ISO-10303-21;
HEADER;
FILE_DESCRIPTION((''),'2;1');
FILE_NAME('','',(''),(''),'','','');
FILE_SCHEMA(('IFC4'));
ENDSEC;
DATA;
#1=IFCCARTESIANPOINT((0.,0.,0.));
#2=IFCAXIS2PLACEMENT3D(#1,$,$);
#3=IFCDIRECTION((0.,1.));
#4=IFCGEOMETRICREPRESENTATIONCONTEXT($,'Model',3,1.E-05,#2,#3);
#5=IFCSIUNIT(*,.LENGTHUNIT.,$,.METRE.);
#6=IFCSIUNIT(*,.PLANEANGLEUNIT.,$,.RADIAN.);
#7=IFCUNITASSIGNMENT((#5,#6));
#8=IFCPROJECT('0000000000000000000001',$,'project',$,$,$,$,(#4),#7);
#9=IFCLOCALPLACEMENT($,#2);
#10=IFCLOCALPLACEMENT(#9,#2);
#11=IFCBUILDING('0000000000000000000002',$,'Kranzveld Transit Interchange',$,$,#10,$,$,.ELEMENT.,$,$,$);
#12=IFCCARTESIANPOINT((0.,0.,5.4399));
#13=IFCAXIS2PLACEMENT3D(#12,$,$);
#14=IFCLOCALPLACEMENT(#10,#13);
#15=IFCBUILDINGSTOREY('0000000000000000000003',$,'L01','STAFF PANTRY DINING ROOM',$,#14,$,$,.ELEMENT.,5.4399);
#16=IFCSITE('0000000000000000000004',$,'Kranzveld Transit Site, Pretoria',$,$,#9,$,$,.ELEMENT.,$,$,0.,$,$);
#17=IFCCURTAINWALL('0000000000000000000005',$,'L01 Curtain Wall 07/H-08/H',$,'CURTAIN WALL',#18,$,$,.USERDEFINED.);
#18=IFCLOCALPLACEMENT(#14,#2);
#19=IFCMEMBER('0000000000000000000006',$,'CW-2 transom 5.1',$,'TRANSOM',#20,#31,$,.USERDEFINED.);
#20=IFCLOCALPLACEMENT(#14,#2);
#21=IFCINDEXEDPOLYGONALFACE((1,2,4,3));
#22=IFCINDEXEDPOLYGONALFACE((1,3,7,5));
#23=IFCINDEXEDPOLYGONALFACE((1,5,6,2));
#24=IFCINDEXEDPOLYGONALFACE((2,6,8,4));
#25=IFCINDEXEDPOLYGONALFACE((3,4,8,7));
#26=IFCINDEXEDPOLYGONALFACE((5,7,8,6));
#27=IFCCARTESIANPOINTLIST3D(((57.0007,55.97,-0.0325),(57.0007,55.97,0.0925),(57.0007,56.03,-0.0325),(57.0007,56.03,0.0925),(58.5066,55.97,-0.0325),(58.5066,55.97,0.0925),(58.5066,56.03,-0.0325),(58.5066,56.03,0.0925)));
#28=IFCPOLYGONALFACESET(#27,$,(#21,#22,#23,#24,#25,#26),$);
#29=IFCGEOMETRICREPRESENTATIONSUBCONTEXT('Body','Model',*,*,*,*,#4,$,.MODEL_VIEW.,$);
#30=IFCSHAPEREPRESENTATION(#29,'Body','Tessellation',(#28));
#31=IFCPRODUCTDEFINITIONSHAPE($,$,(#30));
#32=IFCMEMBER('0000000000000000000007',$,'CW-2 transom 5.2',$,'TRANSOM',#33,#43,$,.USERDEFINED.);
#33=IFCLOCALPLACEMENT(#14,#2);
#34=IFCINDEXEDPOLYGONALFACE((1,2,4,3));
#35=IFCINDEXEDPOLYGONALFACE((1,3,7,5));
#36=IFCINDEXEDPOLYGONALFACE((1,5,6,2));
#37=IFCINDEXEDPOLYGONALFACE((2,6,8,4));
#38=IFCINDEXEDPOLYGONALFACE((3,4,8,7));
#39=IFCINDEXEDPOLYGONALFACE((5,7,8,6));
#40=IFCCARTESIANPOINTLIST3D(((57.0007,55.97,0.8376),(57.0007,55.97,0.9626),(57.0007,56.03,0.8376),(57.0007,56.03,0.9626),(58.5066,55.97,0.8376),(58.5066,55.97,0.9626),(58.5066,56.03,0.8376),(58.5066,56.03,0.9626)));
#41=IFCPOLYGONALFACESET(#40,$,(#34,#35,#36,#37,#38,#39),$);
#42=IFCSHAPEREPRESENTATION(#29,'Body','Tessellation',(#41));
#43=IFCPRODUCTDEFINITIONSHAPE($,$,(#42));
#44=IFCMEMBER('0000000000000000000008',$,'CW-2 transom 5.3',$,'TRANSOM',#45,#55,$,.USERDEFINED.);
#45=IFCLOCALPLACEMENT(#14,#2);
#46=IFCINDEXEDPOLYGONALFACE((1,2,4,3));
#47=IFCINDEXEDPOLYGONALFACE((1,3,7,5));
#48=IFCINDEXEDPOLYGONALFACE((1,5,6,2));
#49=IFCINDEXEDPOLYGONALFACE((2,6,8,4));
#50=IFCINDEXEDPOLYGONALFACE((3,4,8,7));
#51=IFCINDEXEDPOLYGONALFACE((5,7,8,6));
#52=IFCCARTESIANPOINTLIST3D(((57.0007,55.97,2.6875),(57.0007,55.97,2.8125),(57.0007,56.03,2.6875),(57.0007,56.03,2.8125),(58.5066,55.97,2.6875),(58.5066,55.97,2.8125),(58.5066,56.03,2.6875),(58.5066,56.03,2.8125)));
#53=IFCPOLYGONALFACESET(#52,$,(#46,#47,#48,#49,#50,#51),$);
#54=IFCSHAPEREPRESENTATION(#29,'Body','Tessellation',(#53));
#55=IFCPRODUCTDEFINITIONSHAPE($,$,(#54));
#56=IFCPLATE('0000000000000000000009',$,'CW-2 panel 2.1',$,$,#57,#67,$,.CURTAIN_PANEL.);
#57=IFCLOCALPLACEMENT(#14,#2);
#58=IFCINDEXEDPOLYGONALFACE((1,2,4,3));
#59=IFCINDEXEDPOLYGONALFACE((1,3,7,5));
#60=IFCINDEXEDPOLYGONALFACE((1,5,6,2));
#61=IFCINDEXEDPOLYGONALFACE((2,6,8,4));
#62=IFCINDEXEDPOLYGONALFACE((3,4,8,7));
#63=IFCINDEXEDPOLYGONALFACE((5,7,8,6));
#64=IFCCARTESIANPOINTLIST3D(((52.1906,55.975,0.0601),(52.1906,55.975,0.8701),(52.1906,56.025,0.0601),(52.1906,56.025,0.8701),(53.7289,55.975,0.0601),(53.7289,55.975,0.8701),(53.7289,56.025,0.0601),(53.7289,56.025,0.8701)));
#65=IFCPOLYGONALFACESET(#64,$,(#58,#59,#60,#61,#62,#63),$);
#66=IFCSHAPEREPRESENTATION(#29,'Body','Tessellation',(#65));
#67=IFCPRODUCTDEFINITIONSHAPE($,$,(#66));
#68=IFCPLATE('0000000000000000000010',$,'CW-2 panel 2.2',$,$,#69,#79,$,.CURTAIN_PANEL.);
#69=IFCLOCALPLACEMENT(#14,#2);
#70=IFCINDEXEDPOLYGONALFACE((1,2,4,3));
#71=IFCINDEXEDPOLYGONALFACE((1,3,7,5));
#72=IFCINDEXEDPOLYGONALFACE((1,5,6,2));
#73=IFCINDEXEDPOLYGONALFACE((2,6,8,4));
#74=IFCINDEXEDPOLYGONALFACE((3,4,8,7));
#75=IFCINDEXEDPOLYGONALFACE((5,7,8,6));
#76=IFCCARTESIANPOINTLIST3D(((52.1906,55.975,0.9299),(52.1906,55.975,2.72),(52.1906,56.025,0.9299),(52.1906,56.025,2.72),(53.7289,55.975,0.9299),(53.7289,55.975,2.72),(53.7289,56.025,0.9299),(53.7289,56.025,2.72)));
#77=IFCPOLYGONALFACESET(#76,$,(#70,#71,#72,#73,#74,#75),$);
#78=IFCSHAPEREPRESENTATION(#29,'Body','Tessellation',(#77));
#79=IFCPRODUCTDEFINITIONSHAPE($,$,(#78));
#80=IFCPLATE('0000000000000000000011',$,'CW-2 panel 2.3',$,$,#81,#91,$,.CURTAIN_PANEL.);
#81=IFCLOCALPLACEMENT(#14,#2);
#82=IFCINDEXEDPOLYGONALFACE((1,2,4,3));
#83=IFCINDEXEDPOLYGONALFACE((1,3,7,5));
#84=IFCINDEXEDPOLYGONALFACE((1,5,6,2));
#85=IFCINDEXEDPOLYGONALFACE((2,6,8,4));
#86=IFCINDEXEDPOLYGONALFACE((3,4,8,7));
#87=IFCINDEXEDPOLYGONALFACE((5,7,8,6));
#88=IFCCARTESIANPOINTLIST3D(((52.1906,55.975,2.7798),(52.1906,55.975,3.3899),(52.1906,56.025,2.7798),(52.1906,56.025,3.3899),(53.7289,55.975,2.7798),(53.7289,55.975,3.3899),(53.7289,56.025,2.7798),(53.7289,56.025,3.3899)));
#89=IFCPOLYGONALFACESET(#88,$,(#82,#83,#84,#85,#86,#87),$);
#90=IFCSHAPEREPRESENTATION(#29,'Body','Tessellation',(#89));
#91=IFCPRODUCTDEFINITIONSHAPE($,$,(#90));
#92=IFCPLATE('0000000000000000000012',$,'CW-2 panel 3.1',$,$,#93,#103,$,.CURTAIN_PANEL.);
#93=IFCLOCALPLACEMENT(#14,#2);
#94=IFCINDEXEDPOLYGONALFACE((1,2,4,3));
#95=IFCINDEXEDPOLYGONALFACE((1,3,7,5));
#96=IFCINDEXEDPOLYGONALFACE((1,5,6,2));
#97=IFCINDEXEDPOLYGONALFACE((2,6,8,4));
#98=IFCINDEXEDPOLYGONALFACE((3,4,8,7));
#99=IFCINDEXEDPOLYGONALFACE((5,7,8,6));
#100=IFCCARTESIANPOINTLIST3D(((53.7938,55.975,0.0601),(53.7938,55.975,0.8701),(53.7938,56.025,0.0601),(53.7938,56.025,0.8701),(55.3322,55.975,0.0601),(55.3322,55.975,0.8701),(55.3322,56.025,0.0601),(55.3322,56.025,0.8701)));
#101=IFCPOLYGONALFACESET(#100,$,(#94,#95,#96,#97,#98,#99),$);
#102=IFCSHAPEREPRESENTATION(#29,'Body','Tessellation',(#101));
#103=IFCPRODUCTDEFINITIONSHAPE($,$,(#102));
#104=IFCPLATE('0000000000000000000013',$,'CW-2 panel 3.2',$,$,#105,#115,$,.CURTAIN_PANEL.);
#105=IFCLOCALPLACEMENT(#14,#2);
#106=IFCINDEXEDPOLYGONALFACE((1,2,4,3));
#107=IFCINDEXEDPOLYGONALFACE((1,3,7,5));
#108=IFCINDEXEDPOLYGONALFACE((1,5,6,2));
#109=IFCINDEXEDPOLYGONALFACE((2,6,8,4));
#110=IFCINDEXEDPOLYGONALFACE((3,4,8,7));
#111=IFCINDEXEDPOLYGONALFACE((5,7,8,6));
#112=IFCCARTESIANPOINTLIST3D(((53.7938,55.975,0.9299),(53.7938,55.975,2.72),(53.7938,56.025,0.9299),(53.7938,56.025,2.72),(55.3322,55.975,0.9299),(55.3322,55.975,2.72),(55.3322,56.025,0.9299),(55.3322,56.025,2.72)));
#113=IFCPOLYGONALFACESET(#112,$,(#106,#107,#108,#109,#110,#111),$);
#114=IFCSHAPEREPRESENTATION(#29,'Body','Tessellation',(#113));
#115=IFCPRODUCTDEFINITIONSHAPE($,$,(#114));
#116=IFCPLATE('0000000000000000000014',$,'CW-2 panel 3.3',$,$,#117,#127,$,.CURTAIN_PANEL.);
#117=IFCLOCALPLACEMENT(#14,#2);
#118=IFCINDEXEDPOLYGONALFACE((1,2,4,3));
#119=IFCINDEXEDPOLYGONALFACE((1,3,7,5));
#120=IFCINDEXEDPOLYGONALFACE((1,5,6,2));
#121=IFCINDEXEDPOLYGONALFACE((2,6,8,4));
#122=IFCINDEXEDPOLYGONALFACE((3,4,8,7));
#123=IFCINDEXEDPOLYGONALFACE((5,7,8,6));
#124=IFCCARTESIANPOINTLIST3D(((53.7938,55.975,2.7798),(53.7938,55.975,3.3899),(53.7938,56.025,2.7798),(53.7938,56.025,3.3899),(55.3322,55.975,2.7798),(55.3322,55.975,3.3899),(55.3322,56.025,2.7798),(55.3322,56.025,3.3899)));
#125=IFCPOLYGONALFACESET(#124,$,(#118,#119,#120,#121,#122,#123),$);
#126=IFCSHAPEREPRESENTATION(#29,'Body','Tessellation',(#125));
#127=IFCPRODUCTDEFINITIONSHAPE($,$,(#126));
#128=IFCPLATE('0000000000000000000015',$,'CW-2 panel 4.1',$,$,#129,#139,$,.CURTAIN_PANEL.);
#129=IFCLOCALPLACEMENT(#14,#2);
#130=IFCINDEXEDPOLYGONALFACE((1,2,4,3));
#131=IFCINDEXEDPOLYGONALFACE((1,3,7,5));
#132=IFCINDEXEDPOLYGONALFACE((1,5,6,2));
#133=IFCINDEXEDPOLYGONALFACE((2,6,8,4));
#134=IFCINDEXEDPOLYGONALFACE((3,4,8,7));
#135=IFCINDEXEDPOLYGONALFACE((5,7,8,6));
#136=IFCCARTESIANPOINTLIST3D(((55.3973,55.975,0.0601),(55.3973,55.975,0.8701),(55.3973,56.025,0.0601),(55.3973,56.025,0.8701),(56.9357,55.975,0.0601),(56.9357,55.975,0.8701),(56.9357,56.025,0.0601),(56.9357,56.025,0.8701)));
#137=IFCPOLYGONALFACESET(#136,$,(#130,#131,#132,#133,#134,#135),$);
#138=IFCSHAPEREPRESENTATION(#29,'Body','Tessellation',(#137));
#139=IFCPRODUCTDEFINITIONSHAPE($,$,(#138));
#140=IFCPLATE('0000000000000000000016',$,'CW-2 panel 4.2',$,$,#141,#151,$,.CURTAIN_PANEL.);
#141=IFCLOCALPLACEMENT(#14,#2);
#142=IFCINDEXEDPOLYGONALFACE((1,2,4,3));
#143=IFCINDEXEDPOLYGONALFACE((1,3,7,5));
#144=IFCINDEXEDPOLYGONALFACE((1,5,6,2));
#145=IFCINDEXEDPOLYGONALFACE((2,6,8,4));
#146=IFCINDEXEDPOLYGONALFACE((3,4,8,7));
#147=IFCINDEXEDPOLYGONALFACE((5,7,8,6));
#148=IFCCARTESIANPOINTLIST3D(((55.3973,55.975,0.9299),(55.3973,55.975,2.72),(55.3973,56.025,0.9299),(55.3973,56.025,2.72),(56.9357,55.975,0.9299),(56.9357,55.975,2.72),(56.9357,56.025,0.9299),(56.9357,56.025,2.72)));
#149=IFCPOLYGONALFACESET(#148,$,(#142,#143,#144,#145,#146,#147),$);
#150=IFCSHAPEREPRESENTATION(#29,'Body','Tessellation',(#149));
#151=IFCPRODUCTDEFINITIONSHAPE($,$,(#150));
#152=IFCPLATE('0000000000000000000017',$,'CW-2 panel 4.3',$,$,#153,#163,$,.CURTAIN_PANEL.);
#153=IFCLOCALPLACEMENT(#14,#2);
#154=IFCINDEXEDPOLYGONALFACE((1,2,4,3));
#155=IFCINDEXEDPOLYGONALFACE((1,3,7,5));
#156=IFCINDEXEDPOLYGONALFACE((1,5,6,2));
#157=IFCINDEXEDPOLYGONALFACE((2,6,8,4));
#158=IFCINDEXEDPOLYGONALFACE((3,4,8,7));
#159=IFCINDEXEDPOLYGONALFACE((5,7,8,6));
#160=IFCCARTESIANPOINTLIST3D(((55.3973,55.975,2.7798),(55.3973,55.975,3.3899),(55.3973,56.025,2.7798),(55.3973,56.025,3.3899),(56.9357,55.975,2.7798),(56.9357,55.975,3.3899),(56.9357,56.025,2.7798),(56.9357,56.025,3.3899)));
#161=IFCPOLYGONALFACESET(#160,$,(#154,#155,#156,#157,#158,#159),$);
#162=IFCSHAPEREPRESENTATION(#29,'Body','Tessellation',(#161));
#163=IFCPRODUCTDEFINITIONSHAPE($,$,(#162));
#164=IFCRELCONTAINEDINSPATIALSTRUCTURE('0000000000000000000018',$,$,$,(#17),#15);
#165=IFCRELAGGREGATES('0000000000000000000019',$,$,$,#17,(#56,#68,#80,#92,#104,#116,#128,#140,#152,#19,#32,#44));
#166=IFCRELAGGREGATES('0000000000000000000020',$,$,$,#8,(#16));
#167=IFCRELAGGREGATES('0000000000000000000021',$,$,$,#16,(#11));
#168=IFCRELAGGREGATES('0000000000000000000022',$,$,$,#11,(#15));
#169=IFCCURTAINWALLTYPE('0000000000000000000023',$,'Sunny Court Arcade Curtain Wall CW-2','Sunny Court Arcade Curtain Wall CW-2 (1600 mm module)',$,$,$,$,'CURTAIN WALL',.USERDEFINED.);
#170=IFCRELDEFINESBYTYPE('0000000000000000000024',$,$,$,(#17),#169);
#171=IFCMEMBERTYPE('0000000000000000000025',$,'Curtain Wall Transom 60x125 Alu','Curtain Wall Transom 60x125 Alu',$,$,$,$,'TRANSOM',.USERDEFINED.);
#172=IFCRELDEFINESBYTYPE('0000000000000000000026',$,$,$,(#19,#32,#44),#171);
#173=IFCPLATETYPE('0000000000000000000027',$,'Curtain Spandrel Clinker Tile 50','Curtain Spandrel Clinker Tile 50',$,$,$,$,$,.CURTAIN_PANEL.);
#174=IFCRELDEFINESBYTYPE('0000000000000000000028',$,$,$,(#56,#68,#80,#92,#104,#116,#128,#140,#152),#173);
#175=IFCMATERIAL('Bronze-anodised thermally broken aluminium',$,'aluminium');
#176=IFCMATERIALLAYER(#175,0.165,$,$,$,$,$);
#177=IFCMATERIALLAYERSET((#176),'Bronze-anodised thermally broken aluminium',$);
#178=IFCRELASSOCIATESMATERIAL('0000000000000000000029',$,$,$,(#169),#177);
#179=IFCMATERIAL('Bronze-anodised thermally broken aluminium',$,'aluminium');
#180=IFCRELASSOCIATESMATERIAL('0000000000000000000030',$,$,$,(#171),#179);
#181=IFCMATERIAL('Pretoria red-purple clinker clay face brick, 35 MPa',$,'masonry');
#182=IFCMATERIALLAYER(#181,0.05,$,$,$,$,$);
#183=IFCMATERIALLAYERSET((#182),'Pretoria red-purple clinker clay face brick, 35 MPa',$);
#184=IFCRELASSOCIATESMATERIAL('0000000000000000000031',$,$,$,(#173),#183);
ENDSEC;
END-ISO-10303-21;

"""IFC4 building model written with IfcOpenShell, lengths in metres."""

from ifc_helpers import new_model, si_unit, direction, frame, origin, origin_2d, place, context, subcontext, project, spatial, rectangle, extrude, material, layer, layer_set, material_profile, profile_set, type_object, element, aggregate, save


model = new_model("IFC4")

# Units and contexts
model_context = context("Model", 3, precision=1e-05, world=origin(), true_north=direction((0.0, 1.0)))
body_context = subcontext(model_context, "Body", "Model", "MODEL_VIEW")
ifc_project = project(units=[si_unit("LENGTHUNIT", "METRE"), si_unit("PLANEANGLEUNIT", "RADIAN")], contexts=[model_context])

# Site, building, storey
site_placement = place(None, origin())
site = spatial("IfcSite", under=ifc_project, at=site_placement, Name="Kranzveld Transit Site, Pretoria", CompositionType="ELEMENT", RefElevation=0.0)
building_placement = place(site_placement, origin())
building = spatial("IfcBuilding", under=site, at=building_placement, Name="Kranzveld Transit Interchange", CompositionType="ELEMENT")
storey_placement = place(building_placement, frame((0.0, 0.0, 5.4399)))
storey = spatial("IfcBuildingStorey", under=building, at=storey_placement, Name="L01", Description="STAFF PANTRY DINING ROOM", CompositionType="ELEMENT", Elevation=5.4399)

# Curtain wall, members, plates
ifc_material_1 = material(Name="Bronze-anodised thermally broken aluminium", Category="aluminium")
ifc_layer_1 = layer(ifc_material_1, 0.165)
ifc_layer_set_1 = layer_set([ifc_layer_1], Name="Bronze-anodised thermally broken aluminium")
curtain_wall_type = type_object("IfcCurtainWallType", Name="Sunny Court Arcade Curtain Wall CW-2", Description="Sunny Court Arcade Curtain Wall CW-2 (1600 mm module)", ElementType="CURTAIN WALL", PredefinedType="USERDEFINED", material=ifc_layer_set_1)
curtain_wall_placement = place(storey_placement, origin())
curtain_wall = element("IfcCurtainWall", 1, at=curtain_wall_placement, inside=storey, type_object=curtain_wall_type, Name="L01 Curtain Wall 07/H-08/H", ObjectType="CURTAIN WALL", PredefinedType="USERDEFINED")
ifc_material_2 = material(Name="Bronze-anodised thermally broken aluminium", Category="aluminium")
ifc_material_profile_1 = material_profile(ifc_material_2, rectangle(XDim=0.0601, YDim=0.125, at=origin_2d()), Name="ALU TRANSOM 60x125")
ifc_profile_set_1 = profile_set([ifc_material_profile_1], Name="Bronze-anodised thermally broken aluminium")
member_type_1 = type_object("IfcMemberType", Name="Curtain Wall Transom 60x125 Alu", Description="Curtain Wall Transom 60x125 Alu", ElementType="TRANSOM", PredefinedType="USERDEFINED", material=ifc_profile_set_1)
member_1_placement = place(storey_placement, frame((57.0007, 56.0, 0.03), z_axis=(1.0, 0.0, 0.0), x_axis=(0.0, 1.0, 0.0)))
member_1 = element("IfcMember", 2, at=member_1_placement, type_object=member_type_1, Name="CW-2 transom 5.1", ObjectType="TRANSOM", PredefinedType="USERDEFINED", context=body_context, shape_type="SweptSolid", body=[
    extrude(rectangle(XDim=0.0601, YDim=0.125, at=origin_2d()), origin(), (0.0, 0.0, 1.0), 1.5059),
])
member_2_placement = place(storey_placement, frame((57.0007, 56.0, 0.9001), z_axis=(1.0, 0.0, 0.0), x_axis=(0.0, 1.0, 0.0)))
member_2 = element("IfcMember", 3, at=member_2_placement, type_object=member_type_1, Name="CW-2 transom 5.2", ObjectType="TRANSOM", PredefinedType="USERDEFINED", context=body_context, shape_type="SweptSolid", body=[
    extrude(rectangle(XDim=0.0601, YDim=0.125, at=origin_2d()), origin(), (0.0, 0.0, 1.0), 1.5059),
])
member_3_placement = place(storey_placement, frame((57.0007, 56.0, 2.75), z_axis=(1.0, 0.0, 0.0), x_axis=(0.0, 1.0, 0.0)))
member_3 = element("IfcMember", 4, at=member_3_placement, type_object=member_type_1, Name="CW-2 transom 5.3", ObjectType="TRANSOM", PredefinedType="USERDEFINED", context=body_context, shape_type="SweptSolid", body=[
    extrude(rectangle(XDim=0.0601, YDim=0.125, at=origin_2d()), origin(), (0.0, 0.0, 1.0), 1.5059),
])
ifc_material_3 = material(Name="Pretoria red-purple clinker clay face brick, 35 MPa", Category="masonry")
ifc_layer_2 = layer(ifc_material_3, 0.05)
ifc_layer_set_2 = layer_set([ifc_layer_2], Name="Pretoria red-purple clinker clay face brick, 35 MPa")
plate_type = type_object("IfcPlateType", Name="Curtain Spandrel Clinker Tile 50", Description="Curtain Spandrel Clinker Tile 50", PredefinedType="CURTAIN_PANEL", material=ifc_layer_set_2)
plate_1_placement = place(storey_placement, frame((52.9597, 56.0, 0.0601), z_axis=(0.0, 0.0, 1.0), x_axis=(1.0, 0.0, 0.0)))
plate_1 = element("IfcPlate", 5, at=plate_1_placement, type_object=plate_type, Name="CW-2 panel 2.1", PredefinedType="CURTAIN_PANEL", context=body_context, shape_type="SweptSolid", body=[
    extrude(rectangle(XDim=1.5383, YDim=0.05, at=origin_2d()), origin(), (0.0, 0.0, 1.0), 0.8101),
])
plate_2_placement = place(storey_placement, frame((52.9597, 56.0, 0.9299), z_axis=(0.0, 0.0, 1.0), x_axis=(1.0, 0.0, 0.0)))
plate_2 = element("IfcPlate", 6, at=plate_2_placement, type_object=plate_type, Name="CW-2 panel 2.2", PredefinedType="CURTAIN_PANEL", context=body_context, shape_type="SweptSolid", body=[
    extrude(rectangle(XDim=1.5383, YDim=0.05, at=origin_2d()), origin(), (0.0, 0.0, 1.0), 1.79),
])
plate_3_placement = place(storey_placement, frame((52.9597, 56.0, 2.7798), z_axis=(0.0, 0.0, 1.0), x_axis=(1.0, 0.0, 0.0)))
plate_3 = element("IfcPlate", 7, at=plate_3_placement, type_object=plate_type, Name="CW-2 panel 2.3", PredefinedType="CURTAIN_PANEL", context=body_context, shape_type="SweptSolid", body=[
    extrude(rectangle(XDim=1.5383, YDim=0.05, at=origin_2d()), origin(), (0.0, 0.0, 1.0), 0.6101),
])
plate_4_placement = place(storey_placement, frame((54.563, 56.0, 0.0601), z_axis=(0.0, 0.0, 1.0), x_axis=(1.0, 0.0, 0.0)))
plate_4 = element("IfcPlate", 8, at=plate_4_placement, type_object=plate_type, Name="CW-2 panel 3.1", PredefinedType="CURTAIN_PANEL", context=body_context, shape_type="SweptSolid", body=[
    extrude(rectangle(XDim=1.5383, YDim=0.05, at=origin_2d()), origin(), (0.0, 0.0, 1.0), 0.8101),
])
plate_5_placement = place(storey_placement, frame((54.563, 56.0, 0.9299), z_axis=(0.0, 0.0, 1.0), x_axis=(1.0, 0.0, 0.0)))
plate_5 = element("IfcPlate", 9, at=plate_5_placement, type_object=plate_type, Name="CW-2 panel 3.2", PredefinedType="CURTAIN_PANEL", context=body_context, shape_type="SweptSolid", body=[
    extrude(rectangle(XDim=1.5383, YDim=0.05, at=origin_2d()), origin(), (0.0, 0.0, 1.0), 1.79),
])
plate_6_placement = place(storey_placement, frame((54.563, 56.0, 2.7798), z_axis=(0.0, 0.0, 1.0), x_axis=(1.0, 0.0, 0.0)))
plate_6 = element("IfcPlate", 10, at=plate_6_placement, type_object=plate_type, Name="CW-2 panel 3.3", PredefinedType="CURTAIN_PANEL", context=body_context, shape_type="SweptSolid", body=[
    extrude(rectangle(XDim=1.5383, YDim=0.05, at=origin_2d()), origin(), (0.0, 0.0, 1.0), 0.6101),
])
plate_7_placement = place(storey_placement, frame((56.1665, 56.0, 0.0601), z_axis=(0.0, 0.0, 1.0), x_axis=(1.0, 0.0, 0.0)))
plate_7 = element("IfcPlate", 11, at=plate_7_placement, type_object=plate_type, Name="CW-2 panel 4.1", PredefinedType="CURTAIN_PANEL", context=body_context, shape_type="SweptSolid", body=[
    extrude(rectangle(XDim=1.5383, YDim=0.05, at=origin_2d()), origin(), (0.0, 0.0, 1.0), 0.8101),
])
plate_8_placement = place(storey_placement, frame((56.1665, 56.0, 0.9299), z_axis=(0.0, 0.0, 1.0), x_axis=(1.0, 0.0, 0.0)))
plate_8 = element("IfcPlate", 12, at=plate_8_placement, type_object=plate_type, Name="CW-2 panel 4.2", PredefinedType="CURTAIN_PANEL", context=body_context, shape_type="SweptSolid", body=[
    extrude(rectangle(XDim=1.5383, YDim=0.05, at=origin_2d()), origin(), (0.0, 0.0, 1.0), 1.79),
])
plate_9_placement = place(storey_placement, frame((56.1665, 56.0, 2.7798), z_axis=(0.0, 0.0, 1.0), x_axis=(1.0, 0.0, 0.0)))
plate_9 = element("IfcPlate", 13, at=plate_9_placement, type_object=plate_type, Name="CW-2 panel 4.3", PredefinedType="CURTAIN_PANEL", context=body_context, shape_type="SweptSolid", body=[
    extrude(rectangle(XDim=1.5383, YDim=0.05, at=origin_2d()), origin(), (0.0, 0.0, 1.0), 0.6101),
])
aggregate(curtain_wall, [plate_1, plate_2, plate_3, plate_4, plate_5, plate_6, plate_7, plate_8, plate_9, member_1, member_2, member_3])

save(model, "model.ifc")
